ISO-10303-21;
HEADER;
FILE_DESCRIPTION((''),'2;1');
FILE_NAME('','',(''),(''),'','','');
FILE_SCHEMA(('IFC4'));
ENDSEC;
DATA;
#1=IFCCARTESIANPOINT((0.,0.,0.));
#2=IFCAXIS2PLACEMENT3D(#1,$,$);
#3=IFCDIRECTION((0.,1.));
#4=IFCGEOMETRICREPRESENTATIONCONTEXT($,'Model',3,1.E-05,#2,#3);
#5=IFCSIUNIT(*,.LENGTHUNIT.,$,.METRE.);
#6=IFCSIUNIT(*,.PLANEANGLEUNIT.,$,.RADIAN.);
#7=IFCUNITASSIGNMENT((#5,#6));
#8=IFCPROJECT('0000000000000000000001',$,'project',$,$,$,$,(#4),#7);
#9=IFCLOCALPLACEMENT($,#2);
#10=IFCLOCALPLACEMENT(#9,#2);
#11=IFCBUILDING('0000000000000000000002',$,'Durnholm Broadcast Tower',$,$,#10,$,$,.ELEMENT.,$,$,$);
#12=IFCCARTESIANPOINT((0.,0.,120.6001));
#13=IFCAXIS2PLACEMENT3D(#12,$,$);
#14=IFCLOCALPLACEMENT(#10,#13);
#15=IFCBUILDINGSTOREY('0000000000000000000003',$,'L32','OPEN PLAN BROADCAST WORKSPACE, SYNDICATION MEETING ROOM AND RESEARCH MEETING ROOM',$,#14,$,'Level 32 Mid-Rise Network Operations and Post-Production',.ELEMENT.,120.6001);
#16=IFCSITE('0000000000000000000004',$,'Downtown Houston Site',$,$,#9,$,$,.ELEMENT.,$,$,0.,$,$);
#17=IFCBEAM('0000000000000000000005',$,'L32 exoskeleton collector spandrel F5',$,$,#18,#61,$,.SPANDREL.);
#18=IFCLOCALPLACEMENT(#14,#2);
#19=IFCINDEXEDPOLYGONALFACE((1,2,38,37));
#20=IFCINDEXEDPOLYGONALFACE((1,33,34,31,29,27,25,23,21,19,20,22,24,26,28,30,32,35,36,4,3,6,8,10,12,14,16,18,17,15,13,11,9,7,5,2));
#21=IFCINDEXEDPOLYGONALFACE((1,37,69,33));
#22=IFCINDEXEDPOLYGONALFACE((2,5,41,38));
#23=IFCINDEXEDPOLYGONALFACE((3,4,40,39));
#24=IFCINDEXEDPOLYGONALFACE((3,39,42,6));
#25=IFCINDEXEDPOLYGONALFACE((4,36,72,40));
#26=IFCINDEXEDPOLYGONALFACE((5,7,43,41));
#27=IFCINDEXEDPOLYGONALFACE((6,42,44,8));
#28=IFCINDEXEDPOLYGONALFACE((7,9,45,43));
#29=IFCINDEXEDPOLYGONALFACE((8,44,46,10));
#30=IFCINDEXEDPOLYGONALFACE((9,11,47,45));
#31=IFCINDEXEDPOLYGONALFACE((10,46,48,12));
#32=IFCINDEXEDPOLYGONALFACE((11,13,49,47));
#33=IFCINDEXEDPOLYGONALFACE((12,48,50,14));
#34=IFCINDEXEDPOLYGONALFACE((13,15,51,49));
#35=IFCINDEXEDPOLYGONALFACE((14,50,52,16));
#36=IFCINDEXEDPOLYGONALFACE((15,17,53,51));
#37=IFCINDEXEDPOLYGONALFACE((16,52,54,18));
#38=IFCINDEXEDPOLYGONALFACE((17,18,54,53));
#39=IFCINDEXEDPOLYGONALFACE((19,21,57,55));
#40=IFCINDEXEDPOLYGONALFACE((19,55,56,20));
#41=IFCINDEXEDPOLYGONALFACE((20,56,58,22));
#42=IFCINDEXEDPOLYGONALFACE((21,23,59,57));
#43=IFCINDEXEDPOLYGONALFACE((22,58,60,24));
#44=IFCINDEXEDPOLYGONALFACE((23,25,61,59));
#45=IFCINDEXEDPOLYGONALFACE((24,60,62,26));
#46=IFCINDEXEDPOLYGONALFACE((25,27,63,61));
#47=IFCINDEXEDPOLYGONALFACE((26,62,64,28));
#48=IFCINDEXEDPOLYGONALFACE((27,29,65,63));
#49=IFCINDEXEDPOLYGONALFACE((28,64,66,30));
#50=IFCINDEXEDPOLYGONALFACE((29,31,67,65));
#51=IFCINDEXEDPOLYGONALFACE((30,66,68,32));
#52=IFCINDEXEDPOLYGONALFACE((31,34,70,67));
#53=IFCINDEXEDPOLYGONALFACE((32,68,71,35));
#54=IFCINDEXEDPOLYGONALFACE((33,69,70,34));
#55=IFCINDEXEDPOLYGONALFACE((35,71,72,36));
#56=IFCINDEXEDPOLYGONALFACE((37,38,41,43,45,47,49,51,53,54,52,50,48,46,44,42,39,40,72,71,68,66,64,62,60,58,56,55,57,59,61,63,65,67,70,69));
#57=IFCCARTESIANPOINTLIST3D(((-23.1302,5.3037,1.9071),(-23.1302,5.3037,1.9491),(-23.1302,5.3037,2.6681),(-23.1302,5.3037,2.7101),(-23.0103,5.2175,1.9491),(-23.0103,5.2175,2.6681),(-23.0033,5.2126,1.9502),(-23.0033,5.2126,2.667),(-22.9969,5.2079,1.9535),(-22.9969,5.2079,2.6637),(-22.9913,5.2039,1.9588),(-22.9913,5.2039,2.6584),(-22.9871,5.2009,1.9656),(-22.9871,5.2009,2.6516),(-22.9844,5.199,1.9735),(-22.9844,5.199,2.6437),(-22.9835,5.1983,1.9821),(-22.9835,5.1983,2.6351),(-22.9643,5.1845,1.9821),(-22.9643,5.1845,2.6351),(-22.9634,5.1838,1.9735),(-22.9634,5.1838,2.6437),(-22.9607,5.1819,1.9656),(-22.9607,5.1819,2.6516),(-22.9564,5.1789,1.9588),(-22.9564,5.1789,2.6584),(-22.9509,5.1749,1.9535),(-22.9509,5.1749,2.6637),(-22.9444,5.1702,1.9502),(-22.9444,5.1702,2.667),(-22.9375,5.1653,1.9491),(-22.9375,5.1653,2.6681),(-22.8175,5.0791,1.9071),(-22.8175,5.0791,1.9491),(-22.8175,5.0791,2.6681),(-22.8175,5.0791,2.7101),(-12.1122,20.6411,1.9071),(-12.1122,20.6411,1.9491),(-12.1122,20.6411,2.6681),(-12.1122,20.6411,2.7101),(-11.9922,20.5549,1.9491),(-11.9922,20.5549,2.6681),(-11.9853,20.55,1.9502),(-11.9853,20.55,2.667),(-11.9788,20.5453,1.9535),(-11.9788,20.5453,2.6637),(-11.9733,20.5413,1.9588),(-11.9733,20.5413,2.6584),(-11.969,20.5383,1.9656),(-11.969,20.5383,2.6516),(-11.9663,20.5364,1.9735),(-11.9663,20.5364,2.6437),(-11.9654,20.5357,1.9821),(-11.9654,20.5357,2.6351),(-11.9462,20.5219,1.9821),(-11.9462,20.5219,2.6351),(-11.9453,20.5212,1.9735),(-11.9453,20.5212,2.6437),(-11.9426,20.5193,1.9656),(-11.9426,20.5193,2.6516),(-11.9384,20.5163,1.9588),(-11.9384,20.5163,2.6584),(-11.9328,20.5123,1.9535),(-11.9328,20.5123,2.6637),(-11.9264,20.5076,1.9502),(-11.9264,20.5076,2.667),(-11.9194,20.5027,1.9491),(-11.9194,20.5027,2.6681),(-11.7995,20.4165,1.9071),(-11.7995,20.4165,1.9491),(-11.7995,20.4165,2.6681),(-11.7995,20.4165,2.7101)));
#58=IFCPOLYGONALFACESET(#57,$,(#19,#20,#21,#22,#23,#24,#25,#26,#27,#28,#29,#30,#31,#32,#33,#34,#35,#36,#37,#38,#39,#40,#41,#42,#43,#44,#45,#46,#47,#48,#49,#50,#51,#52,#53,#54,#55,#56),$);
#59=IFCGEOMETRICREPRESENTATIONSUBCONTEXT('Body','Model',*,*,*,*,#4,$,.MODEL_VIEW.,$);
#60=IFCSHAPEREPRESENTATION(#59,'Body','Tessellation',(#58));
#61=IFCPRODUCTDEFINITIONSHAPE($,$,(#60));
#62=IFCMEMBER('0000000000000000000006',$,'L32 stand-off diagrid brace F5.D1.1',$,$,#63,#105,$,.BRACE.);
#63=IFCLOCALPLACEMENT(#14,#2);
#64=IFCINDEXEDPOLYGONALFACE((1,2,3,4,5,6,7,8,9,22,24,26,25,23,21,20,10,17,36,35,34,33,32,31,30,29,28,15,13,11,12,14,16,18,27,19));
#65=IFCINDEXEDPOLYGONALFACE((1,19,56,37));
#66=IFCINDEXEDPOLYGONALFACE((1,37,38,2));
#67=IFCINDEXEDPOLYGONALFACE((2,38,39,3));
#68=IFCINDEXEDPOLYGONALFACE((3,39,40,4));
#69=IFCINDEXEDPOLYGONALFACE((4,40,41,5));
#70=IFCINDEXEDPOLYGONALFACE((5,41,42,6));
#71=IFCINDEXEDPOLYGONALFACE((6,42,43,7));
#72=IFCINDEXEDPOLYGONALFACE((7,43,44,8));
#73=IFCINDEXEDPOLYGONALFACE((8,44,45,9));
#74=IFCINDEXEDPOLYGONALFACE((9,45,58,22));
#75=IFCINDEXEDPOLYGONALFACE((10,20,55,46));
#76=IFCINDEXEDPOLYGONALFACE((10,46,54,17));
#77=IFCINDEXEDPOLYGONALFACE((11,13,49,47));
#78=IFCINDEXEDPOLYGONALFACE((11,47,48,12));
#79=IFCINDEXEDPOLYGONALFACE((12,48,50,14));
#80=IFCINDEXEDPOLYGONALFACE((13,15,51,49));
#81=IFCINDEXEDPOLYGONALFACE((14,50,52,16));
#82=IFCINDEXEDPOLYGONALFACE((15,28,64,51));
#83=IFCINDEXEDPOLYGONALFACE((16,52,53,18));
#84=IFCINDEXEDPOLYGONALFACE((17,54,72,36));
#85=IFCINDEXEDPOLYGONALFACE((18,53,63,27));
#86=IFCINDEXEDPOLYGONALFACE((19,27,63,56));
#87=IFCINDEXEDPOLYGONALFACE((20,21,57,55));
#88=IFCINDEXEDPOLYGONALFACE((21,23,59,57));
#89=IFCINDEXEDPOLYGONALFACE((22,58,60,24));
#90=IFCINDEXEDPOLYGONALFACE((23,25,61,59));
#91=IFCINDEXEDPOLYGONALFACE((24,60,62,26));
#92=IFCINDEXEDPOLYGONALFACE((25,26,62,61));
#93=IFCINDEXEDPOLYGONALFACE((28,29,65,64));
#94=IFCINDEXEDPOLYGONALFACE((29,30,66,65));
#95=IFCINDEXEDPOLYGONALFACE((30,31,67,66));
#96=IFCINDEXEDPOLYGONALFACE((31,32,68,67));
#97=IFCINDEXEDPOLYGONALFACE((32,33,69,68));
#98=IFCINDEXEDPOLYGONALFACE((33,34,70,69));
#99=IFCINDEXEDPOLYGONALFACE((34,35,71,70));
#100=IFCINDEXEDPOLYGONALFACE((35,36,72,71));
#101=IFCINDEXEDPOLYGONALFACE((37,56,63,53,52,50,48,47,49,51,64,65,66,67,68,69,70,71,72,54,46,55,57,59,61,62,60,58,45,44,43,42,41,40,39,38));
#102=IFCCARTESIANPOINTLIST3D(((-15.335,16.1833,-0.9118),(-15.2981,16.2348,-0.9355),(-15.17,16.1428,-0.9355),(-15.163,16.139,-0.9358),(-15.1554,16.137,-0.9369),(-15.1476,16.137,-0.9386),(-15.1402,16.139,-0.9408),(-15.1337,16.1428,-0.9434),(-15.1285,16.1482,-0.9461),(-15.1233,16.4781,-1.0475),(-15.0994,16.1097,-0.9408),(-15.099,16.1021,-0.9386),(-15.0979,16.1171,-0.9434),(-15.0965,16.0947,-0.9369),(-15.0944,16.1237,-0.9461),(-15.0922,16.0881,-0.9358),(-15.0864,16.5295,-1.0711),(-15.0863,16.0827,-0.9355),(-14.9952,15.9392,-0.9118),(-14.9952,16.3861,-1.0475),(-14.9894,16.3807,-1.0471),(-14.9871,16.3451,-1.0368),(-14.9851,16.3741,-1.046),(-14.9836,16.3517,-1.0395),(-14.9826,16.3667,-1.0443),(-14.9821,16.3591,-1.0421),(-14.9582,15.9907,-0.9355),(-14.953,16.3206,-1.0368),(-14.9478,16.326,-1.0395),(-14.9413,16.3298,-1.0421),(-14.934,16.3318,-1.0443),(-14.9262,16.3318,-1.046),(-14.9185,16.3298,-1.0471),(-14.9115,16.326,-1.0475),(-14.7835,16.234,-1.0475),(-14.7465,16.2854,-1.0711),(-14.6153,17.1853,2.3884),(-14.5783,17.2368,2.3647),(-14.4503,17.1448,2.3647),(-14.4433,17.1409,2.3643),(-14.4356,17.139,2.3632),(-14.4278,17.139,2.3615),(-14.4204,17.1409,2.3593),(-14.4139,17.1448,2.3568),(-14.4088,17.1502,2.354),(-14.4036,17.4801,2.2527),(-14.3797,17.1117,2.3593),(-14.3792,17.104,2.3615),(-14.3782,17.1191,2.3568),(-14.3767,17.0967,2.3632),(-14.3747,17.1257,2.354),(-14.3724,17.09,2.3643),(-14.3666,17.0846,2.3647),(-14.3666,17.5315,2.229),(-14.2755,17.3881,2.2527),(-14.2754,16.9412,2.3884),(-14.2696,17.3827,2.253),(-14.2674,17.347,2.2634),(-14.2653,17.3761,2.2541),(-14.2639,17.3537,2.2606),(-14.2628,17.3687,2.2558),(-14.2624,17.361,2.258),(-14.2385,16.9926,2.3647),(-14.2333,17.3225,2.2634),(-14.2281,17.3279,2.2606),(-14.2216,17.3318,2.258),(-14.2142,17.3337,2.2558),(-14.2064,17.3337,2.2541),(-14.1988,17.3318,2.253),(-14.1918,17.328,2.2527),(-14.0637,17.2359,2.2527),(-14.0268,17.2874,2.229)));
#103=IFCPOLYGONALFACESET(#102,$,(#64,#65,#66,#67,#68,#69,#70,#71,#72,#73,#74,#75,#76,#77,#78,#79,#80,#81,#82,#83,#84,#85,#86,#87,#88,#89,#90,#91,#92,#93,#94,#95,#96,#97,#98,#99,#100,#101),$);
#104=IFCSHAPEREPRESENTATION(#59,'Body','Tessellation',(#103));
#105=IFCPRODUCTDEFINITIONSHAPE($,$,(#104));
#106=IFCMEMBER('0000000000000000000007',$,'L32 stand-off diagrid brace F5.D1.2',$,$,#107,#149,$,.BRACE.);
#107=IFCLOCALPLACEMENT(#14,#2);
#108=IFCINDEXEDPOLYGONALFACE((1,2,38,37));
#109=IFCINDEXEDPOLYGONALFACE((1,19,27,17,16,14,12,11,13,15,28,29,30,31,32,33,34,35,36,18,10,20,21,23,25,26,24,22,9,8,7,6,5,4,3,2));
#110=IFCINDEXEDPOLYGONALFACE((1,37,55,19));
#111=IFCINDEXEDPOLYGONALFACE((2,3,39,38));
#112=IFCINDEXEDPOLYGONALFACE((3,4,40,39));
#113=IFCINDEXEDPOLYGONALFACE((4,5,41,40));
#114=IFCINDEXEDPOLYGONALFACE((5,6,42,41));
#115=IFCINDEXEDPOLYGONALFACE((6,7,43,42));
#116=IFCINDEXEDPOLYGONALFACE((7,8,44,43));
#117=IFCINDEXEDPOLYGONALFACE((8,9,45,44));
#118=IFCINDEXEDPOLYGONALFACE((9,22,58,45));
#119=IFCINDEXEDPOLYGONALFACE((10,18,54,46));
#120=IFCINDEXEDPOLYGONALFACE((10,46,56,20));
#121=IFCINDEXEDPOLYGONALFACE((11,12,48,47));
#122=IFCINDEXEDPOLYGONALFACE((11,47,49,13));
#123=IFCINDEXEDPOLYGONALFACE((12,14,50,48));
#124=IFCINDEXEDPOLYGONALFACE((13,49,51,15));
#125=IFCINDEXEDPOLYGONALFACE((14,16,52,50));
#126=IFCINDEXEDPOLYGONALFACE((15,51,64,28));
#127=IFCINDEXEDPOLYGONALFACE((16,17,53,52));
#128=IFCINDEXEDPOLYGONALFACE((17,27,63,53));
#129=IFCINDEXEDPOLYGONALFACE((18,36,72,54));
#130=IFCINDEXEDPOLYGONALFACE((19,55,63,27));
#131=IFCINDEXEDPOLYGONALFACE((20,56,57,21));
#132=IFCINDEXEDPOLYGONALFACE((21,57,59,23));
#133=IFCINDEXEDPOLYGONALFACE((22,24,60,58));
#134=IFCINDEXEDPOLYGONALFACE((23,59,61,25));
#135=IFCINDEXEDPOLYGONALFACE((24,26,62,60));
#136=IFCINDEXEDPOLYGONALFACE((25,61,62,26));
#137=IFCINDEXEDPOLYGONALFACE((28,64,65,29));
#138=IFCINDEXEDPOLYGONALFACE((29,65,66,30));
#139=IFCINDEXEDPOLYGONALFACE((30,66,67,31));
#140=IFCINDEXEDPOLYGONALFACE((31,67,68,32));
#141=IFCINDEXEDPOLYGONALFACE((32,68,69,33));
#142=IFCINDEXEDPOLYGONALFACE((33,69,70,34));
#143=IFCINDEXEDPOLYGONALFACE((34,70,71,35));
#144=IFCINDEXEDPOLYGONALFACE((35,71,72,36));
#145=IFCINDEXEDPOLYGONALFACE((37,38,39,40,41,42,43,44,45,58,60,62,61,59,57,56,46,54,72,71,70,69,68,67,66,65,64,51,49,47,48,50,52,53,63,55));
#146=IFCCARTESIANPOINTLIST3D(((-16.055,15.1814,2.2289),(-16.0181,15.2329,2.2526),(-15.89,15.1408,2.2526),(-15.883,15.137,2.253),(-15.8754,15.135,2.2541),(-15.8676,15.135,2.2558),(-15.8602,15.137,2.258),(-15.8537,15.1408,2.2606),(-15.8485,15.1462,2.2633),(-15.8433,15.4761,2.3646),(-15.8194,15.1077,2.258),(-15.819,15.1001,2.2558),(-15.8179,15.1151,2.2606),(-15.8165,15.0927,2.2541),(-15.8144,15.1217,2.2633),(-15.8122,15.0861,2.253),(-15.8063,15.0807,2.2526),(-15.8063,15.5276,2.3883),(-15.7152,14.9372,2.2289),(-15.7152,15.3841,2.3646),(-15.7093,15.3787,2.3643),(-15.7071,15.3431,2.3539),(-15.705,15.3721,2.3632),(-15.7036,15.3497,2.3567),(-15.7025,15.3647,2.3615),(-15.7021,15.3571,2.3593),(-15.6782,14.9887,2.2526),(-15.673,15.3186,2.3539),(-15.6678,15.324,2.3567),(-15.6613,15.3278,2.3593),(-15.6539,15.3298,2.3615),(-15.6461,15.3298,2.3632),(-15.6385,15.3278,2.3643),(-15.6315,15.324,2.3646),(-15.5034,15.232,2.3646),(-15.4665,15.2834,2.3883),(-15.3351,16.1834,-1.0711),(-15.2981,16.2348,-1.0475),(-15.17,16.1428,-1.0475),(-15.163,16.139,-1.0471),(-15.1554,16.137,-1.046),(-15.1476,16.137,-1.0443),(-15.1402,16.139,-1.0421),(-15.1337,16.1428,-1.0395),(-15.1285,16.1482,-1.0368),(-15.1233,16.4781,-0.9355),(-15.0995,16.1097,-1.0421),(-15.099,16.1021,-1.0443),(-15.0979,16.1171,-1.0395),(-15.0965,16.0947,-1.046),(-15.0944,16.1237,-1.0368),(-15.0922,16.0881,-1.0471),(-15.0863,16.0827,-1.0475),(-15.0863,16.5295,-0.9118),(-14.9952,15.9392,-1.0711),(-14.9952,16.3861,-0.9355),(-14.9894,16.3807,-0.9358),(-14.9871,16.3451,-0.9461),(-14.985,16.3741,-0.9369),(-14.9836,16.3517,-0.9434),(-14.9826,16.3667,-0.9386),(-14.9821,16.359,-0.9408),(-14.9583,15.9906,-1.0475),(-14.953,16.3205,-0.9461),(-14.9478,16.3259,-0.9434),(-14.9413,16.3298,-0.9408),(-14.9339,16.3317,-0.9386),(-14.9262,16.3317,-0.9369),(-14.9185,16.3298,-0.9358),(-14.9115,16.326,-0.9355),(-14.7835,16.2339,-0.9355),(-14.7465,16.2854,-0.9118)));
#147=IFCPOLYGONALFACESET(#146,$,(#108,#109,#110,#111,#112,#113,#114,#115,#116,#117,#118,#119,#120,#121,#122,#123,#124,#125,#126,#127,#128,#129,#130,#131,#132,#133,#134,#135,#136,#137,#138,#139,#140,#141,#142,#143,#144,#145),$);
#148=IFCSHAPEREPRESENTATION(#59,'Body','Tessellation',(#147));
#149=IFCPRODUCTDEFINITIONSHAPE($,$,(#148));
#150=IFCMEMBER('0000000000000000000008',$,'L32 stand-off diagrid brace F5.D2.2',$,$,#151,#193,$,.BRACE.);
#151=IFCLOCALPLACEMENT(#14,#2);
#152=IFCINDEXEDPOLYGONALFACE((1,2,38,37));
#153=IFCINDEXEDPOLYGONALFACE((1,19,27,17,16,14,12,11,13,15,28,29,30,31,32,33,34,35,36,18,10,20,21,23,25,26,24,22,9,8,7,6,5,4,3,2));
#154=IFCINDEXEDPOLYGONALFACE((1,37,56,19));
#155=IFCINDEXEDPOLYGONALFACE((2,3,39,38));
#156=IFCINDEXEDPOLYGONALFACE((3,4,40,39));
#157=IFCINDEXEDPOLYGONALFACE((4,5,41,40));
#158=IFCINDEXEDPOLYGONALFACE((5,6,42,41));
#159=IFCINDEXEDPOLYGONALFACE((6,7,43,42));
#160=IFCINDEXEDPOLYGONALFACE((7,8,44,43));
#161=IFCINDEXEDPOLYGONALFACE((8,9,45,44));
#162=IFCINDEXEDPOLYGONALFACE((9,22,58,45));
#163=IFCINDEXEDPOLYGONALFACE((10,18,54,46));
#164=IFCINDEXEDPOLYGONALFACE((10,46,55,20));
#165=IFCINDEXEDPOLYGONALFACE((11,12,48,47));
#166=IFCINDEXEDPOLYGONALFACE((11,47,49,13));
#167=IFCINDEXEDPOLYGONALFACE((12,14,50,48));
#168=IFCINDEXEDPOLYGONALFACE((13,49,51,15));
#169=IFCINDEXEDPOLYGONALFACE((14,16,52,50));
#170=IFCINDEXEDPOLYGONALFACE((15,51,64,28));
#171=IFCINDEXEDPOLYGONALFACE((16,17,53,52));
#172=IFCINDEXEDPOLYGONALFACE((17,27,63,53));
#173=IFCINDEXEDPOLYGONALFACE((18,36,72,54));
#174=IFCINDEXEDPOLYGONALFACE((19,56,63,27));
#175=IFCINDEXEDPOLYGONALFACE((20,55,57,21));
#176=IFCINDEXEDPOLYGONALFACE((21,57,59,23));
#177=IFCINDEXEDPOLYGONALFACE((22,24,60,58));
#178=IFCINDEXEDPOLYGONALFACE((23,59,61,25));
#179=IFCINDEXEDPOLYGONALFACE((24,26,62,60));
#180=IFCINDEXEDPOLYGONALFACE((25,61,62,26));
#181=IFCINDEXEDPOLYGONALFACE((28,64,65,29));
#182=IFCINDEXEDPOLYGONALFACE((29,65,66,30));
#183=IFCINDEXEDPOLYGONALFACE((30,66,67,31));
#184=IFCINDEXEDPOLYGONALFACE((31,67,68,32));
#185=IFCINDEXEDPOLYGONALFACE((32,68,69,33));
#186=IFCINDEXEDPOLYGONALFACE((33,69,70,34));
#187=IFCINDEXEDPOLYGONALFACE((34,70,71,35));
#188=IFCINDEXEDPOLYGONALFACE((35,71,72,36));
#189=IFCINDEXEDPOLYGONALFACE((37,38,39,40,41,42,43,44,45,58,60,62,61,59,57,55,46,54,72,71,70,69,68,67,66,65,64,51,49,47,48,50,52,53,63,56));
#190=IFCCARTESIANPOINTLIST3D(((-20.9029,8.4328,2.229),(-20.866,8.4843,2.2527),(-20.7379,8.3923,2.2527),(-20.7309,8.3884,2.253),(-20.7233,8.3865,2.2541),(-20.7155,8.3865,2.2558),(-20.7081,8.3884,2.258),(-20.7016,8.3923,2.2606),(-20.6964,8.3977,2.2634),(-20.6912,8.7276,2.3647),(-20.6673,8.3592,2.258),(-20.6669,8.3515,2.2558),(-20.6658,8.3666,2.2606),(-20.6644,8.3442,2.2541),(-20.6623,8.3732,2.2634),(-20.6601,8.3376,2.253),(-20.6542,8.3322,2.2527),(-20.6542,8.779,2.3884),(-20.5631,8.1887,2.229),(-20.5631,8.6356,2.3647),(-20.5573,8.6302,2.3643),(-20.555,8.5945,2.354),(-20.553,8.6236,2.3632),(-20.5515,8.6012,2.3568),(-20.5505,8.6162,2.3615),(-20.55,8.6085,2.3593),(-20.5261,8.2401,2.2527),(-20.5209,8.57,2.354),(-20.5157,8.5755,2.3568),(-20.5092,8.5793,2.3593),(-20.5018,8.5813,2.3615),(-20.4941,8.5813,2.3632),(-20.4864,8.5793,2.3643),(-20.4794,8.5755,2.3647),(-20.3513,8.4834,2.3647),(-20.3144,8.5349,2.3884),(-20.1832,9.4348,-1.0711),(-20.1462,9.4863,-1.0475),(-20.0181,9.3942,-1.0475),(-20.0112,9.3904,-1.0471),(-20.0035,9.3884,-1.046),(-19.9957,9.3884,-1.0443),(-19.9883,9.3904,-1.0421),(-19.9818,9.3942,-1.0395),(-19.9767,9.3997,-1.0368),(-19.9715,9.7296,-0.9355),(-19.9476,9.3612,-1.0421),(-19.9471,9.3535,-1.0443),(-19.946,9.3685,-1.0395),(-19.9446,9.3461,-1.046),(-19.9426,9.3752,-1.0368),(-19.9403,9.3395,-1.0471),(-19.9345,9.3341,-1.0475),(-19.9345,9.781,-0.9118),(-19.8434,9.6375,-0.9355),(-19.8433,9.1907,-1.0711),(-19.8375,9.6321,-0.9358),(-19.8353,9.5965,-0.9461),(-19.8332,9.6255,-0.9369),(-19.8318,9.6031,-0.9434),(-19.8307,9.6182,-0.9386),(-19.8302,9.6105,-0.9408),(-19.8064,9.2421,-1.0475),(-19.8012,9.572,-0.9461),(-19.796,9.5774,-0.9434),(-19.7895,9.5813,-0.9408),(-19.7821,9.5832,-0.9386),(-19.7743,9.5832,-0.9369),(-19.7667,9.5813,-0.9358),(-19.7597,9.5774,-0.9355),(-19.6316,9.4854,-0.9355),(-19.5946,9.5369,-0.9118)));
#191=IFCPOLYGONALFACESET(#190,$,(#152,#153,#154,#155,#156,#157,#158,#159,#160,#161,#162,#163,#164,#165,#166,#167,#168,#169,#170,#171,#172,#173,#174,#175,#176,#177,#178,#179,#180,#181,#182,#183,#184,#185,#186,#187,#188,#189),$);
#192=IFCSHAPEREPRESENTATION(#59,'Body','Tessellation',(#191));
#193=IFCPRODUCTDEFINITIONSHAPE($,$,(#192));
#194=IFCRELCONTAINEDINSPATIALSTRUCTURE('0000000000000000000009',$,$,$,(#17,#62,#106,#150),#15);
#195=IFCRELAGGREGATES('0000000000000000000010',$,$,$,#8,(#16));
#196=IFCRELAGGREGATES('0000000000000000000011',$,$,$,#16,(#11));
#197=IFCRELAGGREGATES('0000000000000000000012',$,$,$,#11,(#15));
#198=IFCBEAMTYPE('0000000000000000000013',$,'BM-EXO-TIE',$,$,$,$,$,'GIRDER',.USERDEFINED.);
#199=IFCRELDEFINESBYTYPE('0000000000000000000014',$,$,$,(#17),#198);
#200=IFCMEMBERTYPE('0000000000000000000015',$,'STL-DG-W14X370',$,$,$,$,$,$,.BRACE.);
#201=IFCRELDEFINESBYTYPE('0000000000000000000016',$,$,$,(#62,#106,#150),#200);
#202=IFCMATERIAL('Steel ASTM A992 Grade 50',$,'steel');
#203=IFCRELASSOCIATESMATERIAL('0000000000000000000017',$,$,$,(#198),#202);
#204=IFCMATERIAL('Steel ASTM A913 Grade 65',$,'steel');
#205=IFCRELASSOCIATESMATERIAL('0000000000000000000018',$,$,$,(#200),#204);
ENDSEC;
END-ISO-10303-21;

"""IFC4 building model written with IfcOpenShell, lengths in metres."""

from ifc_helpers import new_model, si_unit, direction, frame, origin, origin_2d, place, context, subcontext, project, spatial, i_section, extrude, source, transform, mapped, material, material_profile, profile_set, type_object, type_shapes, element, save


model = new_model("IFC4")

# Units and contexts
model_context = context("Model", 3, precision=1e-05, world=origin(), true_north=direction((0.0, 1.0)))
body_context = subcontext(model_context, "Body", "Model", "MODEL_VIEW")
ifc_project = project(units=[si_unit("LENGTHUNIT", "METRE"), si_unit("PLANEANGLEUNIT", "RADIAN")], contexts=[model_context])

# Site, building, storey
site_placement = place(None, origin())
site = spatial("IfcSite", under=ifc_project, at=site_placement, Name="Downtown Houston Site", CompositionType="ELEMENT", RefElevation=0.0)
building_placement = place(site_placement, origin())
building = spatial("IfcBuilding", under=site, at=building_placement, Name="Durnholm Broadcast Tower", CompositionType="ELEMENT")
storey_placement = place(building_placement, frame((0.0, 0.0, 120.6001)))
storey = spatial("IfcBuildingStorey", under=building, at=storey_placement, Name="L32", Description="OPEN PLAN BROADCAST WORKSPACE, SYNDICATION MEETING ROOM AND RESEARCH MEETING ROOM", LongName="Level 32 Mid-Rise Network Operations and Post-Production", CompositionType="ELEMENT", Elevation=120.6001)

# Beam
ifc_material_1 = material(Name="Steel ASTM A992 Grade 50", Category="steel")
ifc_material_profile_1 = material_profile(ifc_material_1, i_section(OverallWidth=0.385, OverallDepth=0.803, WebThickness=0.0237, FlangeThickness=0.042, FilletRadius=0.033, at=origin_2d()), Name="W30X261")
ifc_profile_set_1 = profile_set([ifc_material_profile_1], Name="Steel ASTM A992 Grade 50")
beam_type = type_object("IfcBeamType", Name="BM-EXO-TIE", ElementType="GIRDER", PredefinedType="USERDEFINED", material=ifc_profile_set_1)
shared_shape_1 = source(origin(), body_context, "Body", "SweptSolid", [
    extrude(i_section(OverallWidth=0.385, OverallDepth=0.803, WebThickness=0.0237, FlangeThickness=0.042, FilletRadius=0.033, at=origin_2d()), origin(), (0.0, 0.0, 1.0), 18.8848),
])
type_shapes(beam_type, [shared_shape_1])
beam_placement = place(storey_placement, frame((-11.9558, 20.5288, 2.3086), z_axis=(-0.583437, -0.812158, 0.0), x_axis=(0.812158, -0.583437, 0.0)))
element("IfcBeam", 1, at=beam_placement, inside=storey, type_object=beam_type, Name="L32 exoskeleton collector spandrel F5", PredefinedType="SPANDREL", context=body_context, shape_type="MappedRepresentation", body=[
    mapped(shared_shape_1, transform((0.0, 0.0, 0.0), x_axis=(1.0, 0.0, 0.0), y_axis=(0.0, 1.0, 0.0), z_axis=(0.0, 0.0, 1.0), scale=1.0)),
])

# Members
ifc_material_2 = material(Name="Steel ASTM A913 Grade 65", Category="steel")
ifc_material_profile_2 = material_profile(ifc_material_2, i_section(OverallWidth=0.4185, OverallDepth=0.4551, WebThickness=0.042, FlangeThickness=0.0676, FilletRadius=0.0305, at=origin_2d()), Name="W14X370")
ifc_profile_set_2 = profile_set([ifc_material_profile_2], Name="Steel ASTM A913 Grade 65")
member_type_1 = type_object("IfcMemberType", Name="STL-DG-W14X370", PredefinedType="BRACE", material=ifc_profile_set_2)
shared_shape_2 = source(origin(), body_context, "Body", "SweptSolid", [
    extrude(i_section(OverallWidth=0.4185, OverallDepth=0.4551, WebThickness=0.042, FlangeThickness=0.0676, FilletRadius=0.0305, at=origin_2d()), origin(), (0.0, 0.0, 1.0), 3.5232),
])
type_shapes(member_type_1, [shared_shape_2])
for number, where, z_axis, x_axis, name in (
    (2, (-15.0408, 16.2344, -0.9915), (0.204288, 0.284395, 0.936689), (-0.812179, 0.583408, 0.0), "L32 stand-off diagrid brace F5.D1.1"),
    (3, (-15.0408, 16.2344, -0.9915), (-0.204354, -0.284391, 0.936675), (0.812086, -0.583538, 0.0), "L32 stand-off diagrid brace F5.D1.2"),
    (4, (-19.8889, 9.4858, -0.9915), (-0.204288, -0.284395, 0.936689), (0.812179, -0.583408, 0.0), "L32 stand-off diagrid brace F5.D2.2"),
):
    element("IfcMember", number, at=place(storey_placement, frame(where, z_axis=z_axis, x_axis=x_axis)), inside=storey, type_object=member_type_1, Name=name, PredefinedType="BRACE", context=body_context, shape_type="MappedRepresentation", body=[
        mapped(shared_shape_2, transform((0.0, 0.0, 0.0), x_axis=(1.0, 0.0, 0.0), y_axis=(0.0, 1.0, 0.0), z_axis=(0.0, 0.0, 1.0), scale=1.0)),
    ])

save(model, "model.ifc")
